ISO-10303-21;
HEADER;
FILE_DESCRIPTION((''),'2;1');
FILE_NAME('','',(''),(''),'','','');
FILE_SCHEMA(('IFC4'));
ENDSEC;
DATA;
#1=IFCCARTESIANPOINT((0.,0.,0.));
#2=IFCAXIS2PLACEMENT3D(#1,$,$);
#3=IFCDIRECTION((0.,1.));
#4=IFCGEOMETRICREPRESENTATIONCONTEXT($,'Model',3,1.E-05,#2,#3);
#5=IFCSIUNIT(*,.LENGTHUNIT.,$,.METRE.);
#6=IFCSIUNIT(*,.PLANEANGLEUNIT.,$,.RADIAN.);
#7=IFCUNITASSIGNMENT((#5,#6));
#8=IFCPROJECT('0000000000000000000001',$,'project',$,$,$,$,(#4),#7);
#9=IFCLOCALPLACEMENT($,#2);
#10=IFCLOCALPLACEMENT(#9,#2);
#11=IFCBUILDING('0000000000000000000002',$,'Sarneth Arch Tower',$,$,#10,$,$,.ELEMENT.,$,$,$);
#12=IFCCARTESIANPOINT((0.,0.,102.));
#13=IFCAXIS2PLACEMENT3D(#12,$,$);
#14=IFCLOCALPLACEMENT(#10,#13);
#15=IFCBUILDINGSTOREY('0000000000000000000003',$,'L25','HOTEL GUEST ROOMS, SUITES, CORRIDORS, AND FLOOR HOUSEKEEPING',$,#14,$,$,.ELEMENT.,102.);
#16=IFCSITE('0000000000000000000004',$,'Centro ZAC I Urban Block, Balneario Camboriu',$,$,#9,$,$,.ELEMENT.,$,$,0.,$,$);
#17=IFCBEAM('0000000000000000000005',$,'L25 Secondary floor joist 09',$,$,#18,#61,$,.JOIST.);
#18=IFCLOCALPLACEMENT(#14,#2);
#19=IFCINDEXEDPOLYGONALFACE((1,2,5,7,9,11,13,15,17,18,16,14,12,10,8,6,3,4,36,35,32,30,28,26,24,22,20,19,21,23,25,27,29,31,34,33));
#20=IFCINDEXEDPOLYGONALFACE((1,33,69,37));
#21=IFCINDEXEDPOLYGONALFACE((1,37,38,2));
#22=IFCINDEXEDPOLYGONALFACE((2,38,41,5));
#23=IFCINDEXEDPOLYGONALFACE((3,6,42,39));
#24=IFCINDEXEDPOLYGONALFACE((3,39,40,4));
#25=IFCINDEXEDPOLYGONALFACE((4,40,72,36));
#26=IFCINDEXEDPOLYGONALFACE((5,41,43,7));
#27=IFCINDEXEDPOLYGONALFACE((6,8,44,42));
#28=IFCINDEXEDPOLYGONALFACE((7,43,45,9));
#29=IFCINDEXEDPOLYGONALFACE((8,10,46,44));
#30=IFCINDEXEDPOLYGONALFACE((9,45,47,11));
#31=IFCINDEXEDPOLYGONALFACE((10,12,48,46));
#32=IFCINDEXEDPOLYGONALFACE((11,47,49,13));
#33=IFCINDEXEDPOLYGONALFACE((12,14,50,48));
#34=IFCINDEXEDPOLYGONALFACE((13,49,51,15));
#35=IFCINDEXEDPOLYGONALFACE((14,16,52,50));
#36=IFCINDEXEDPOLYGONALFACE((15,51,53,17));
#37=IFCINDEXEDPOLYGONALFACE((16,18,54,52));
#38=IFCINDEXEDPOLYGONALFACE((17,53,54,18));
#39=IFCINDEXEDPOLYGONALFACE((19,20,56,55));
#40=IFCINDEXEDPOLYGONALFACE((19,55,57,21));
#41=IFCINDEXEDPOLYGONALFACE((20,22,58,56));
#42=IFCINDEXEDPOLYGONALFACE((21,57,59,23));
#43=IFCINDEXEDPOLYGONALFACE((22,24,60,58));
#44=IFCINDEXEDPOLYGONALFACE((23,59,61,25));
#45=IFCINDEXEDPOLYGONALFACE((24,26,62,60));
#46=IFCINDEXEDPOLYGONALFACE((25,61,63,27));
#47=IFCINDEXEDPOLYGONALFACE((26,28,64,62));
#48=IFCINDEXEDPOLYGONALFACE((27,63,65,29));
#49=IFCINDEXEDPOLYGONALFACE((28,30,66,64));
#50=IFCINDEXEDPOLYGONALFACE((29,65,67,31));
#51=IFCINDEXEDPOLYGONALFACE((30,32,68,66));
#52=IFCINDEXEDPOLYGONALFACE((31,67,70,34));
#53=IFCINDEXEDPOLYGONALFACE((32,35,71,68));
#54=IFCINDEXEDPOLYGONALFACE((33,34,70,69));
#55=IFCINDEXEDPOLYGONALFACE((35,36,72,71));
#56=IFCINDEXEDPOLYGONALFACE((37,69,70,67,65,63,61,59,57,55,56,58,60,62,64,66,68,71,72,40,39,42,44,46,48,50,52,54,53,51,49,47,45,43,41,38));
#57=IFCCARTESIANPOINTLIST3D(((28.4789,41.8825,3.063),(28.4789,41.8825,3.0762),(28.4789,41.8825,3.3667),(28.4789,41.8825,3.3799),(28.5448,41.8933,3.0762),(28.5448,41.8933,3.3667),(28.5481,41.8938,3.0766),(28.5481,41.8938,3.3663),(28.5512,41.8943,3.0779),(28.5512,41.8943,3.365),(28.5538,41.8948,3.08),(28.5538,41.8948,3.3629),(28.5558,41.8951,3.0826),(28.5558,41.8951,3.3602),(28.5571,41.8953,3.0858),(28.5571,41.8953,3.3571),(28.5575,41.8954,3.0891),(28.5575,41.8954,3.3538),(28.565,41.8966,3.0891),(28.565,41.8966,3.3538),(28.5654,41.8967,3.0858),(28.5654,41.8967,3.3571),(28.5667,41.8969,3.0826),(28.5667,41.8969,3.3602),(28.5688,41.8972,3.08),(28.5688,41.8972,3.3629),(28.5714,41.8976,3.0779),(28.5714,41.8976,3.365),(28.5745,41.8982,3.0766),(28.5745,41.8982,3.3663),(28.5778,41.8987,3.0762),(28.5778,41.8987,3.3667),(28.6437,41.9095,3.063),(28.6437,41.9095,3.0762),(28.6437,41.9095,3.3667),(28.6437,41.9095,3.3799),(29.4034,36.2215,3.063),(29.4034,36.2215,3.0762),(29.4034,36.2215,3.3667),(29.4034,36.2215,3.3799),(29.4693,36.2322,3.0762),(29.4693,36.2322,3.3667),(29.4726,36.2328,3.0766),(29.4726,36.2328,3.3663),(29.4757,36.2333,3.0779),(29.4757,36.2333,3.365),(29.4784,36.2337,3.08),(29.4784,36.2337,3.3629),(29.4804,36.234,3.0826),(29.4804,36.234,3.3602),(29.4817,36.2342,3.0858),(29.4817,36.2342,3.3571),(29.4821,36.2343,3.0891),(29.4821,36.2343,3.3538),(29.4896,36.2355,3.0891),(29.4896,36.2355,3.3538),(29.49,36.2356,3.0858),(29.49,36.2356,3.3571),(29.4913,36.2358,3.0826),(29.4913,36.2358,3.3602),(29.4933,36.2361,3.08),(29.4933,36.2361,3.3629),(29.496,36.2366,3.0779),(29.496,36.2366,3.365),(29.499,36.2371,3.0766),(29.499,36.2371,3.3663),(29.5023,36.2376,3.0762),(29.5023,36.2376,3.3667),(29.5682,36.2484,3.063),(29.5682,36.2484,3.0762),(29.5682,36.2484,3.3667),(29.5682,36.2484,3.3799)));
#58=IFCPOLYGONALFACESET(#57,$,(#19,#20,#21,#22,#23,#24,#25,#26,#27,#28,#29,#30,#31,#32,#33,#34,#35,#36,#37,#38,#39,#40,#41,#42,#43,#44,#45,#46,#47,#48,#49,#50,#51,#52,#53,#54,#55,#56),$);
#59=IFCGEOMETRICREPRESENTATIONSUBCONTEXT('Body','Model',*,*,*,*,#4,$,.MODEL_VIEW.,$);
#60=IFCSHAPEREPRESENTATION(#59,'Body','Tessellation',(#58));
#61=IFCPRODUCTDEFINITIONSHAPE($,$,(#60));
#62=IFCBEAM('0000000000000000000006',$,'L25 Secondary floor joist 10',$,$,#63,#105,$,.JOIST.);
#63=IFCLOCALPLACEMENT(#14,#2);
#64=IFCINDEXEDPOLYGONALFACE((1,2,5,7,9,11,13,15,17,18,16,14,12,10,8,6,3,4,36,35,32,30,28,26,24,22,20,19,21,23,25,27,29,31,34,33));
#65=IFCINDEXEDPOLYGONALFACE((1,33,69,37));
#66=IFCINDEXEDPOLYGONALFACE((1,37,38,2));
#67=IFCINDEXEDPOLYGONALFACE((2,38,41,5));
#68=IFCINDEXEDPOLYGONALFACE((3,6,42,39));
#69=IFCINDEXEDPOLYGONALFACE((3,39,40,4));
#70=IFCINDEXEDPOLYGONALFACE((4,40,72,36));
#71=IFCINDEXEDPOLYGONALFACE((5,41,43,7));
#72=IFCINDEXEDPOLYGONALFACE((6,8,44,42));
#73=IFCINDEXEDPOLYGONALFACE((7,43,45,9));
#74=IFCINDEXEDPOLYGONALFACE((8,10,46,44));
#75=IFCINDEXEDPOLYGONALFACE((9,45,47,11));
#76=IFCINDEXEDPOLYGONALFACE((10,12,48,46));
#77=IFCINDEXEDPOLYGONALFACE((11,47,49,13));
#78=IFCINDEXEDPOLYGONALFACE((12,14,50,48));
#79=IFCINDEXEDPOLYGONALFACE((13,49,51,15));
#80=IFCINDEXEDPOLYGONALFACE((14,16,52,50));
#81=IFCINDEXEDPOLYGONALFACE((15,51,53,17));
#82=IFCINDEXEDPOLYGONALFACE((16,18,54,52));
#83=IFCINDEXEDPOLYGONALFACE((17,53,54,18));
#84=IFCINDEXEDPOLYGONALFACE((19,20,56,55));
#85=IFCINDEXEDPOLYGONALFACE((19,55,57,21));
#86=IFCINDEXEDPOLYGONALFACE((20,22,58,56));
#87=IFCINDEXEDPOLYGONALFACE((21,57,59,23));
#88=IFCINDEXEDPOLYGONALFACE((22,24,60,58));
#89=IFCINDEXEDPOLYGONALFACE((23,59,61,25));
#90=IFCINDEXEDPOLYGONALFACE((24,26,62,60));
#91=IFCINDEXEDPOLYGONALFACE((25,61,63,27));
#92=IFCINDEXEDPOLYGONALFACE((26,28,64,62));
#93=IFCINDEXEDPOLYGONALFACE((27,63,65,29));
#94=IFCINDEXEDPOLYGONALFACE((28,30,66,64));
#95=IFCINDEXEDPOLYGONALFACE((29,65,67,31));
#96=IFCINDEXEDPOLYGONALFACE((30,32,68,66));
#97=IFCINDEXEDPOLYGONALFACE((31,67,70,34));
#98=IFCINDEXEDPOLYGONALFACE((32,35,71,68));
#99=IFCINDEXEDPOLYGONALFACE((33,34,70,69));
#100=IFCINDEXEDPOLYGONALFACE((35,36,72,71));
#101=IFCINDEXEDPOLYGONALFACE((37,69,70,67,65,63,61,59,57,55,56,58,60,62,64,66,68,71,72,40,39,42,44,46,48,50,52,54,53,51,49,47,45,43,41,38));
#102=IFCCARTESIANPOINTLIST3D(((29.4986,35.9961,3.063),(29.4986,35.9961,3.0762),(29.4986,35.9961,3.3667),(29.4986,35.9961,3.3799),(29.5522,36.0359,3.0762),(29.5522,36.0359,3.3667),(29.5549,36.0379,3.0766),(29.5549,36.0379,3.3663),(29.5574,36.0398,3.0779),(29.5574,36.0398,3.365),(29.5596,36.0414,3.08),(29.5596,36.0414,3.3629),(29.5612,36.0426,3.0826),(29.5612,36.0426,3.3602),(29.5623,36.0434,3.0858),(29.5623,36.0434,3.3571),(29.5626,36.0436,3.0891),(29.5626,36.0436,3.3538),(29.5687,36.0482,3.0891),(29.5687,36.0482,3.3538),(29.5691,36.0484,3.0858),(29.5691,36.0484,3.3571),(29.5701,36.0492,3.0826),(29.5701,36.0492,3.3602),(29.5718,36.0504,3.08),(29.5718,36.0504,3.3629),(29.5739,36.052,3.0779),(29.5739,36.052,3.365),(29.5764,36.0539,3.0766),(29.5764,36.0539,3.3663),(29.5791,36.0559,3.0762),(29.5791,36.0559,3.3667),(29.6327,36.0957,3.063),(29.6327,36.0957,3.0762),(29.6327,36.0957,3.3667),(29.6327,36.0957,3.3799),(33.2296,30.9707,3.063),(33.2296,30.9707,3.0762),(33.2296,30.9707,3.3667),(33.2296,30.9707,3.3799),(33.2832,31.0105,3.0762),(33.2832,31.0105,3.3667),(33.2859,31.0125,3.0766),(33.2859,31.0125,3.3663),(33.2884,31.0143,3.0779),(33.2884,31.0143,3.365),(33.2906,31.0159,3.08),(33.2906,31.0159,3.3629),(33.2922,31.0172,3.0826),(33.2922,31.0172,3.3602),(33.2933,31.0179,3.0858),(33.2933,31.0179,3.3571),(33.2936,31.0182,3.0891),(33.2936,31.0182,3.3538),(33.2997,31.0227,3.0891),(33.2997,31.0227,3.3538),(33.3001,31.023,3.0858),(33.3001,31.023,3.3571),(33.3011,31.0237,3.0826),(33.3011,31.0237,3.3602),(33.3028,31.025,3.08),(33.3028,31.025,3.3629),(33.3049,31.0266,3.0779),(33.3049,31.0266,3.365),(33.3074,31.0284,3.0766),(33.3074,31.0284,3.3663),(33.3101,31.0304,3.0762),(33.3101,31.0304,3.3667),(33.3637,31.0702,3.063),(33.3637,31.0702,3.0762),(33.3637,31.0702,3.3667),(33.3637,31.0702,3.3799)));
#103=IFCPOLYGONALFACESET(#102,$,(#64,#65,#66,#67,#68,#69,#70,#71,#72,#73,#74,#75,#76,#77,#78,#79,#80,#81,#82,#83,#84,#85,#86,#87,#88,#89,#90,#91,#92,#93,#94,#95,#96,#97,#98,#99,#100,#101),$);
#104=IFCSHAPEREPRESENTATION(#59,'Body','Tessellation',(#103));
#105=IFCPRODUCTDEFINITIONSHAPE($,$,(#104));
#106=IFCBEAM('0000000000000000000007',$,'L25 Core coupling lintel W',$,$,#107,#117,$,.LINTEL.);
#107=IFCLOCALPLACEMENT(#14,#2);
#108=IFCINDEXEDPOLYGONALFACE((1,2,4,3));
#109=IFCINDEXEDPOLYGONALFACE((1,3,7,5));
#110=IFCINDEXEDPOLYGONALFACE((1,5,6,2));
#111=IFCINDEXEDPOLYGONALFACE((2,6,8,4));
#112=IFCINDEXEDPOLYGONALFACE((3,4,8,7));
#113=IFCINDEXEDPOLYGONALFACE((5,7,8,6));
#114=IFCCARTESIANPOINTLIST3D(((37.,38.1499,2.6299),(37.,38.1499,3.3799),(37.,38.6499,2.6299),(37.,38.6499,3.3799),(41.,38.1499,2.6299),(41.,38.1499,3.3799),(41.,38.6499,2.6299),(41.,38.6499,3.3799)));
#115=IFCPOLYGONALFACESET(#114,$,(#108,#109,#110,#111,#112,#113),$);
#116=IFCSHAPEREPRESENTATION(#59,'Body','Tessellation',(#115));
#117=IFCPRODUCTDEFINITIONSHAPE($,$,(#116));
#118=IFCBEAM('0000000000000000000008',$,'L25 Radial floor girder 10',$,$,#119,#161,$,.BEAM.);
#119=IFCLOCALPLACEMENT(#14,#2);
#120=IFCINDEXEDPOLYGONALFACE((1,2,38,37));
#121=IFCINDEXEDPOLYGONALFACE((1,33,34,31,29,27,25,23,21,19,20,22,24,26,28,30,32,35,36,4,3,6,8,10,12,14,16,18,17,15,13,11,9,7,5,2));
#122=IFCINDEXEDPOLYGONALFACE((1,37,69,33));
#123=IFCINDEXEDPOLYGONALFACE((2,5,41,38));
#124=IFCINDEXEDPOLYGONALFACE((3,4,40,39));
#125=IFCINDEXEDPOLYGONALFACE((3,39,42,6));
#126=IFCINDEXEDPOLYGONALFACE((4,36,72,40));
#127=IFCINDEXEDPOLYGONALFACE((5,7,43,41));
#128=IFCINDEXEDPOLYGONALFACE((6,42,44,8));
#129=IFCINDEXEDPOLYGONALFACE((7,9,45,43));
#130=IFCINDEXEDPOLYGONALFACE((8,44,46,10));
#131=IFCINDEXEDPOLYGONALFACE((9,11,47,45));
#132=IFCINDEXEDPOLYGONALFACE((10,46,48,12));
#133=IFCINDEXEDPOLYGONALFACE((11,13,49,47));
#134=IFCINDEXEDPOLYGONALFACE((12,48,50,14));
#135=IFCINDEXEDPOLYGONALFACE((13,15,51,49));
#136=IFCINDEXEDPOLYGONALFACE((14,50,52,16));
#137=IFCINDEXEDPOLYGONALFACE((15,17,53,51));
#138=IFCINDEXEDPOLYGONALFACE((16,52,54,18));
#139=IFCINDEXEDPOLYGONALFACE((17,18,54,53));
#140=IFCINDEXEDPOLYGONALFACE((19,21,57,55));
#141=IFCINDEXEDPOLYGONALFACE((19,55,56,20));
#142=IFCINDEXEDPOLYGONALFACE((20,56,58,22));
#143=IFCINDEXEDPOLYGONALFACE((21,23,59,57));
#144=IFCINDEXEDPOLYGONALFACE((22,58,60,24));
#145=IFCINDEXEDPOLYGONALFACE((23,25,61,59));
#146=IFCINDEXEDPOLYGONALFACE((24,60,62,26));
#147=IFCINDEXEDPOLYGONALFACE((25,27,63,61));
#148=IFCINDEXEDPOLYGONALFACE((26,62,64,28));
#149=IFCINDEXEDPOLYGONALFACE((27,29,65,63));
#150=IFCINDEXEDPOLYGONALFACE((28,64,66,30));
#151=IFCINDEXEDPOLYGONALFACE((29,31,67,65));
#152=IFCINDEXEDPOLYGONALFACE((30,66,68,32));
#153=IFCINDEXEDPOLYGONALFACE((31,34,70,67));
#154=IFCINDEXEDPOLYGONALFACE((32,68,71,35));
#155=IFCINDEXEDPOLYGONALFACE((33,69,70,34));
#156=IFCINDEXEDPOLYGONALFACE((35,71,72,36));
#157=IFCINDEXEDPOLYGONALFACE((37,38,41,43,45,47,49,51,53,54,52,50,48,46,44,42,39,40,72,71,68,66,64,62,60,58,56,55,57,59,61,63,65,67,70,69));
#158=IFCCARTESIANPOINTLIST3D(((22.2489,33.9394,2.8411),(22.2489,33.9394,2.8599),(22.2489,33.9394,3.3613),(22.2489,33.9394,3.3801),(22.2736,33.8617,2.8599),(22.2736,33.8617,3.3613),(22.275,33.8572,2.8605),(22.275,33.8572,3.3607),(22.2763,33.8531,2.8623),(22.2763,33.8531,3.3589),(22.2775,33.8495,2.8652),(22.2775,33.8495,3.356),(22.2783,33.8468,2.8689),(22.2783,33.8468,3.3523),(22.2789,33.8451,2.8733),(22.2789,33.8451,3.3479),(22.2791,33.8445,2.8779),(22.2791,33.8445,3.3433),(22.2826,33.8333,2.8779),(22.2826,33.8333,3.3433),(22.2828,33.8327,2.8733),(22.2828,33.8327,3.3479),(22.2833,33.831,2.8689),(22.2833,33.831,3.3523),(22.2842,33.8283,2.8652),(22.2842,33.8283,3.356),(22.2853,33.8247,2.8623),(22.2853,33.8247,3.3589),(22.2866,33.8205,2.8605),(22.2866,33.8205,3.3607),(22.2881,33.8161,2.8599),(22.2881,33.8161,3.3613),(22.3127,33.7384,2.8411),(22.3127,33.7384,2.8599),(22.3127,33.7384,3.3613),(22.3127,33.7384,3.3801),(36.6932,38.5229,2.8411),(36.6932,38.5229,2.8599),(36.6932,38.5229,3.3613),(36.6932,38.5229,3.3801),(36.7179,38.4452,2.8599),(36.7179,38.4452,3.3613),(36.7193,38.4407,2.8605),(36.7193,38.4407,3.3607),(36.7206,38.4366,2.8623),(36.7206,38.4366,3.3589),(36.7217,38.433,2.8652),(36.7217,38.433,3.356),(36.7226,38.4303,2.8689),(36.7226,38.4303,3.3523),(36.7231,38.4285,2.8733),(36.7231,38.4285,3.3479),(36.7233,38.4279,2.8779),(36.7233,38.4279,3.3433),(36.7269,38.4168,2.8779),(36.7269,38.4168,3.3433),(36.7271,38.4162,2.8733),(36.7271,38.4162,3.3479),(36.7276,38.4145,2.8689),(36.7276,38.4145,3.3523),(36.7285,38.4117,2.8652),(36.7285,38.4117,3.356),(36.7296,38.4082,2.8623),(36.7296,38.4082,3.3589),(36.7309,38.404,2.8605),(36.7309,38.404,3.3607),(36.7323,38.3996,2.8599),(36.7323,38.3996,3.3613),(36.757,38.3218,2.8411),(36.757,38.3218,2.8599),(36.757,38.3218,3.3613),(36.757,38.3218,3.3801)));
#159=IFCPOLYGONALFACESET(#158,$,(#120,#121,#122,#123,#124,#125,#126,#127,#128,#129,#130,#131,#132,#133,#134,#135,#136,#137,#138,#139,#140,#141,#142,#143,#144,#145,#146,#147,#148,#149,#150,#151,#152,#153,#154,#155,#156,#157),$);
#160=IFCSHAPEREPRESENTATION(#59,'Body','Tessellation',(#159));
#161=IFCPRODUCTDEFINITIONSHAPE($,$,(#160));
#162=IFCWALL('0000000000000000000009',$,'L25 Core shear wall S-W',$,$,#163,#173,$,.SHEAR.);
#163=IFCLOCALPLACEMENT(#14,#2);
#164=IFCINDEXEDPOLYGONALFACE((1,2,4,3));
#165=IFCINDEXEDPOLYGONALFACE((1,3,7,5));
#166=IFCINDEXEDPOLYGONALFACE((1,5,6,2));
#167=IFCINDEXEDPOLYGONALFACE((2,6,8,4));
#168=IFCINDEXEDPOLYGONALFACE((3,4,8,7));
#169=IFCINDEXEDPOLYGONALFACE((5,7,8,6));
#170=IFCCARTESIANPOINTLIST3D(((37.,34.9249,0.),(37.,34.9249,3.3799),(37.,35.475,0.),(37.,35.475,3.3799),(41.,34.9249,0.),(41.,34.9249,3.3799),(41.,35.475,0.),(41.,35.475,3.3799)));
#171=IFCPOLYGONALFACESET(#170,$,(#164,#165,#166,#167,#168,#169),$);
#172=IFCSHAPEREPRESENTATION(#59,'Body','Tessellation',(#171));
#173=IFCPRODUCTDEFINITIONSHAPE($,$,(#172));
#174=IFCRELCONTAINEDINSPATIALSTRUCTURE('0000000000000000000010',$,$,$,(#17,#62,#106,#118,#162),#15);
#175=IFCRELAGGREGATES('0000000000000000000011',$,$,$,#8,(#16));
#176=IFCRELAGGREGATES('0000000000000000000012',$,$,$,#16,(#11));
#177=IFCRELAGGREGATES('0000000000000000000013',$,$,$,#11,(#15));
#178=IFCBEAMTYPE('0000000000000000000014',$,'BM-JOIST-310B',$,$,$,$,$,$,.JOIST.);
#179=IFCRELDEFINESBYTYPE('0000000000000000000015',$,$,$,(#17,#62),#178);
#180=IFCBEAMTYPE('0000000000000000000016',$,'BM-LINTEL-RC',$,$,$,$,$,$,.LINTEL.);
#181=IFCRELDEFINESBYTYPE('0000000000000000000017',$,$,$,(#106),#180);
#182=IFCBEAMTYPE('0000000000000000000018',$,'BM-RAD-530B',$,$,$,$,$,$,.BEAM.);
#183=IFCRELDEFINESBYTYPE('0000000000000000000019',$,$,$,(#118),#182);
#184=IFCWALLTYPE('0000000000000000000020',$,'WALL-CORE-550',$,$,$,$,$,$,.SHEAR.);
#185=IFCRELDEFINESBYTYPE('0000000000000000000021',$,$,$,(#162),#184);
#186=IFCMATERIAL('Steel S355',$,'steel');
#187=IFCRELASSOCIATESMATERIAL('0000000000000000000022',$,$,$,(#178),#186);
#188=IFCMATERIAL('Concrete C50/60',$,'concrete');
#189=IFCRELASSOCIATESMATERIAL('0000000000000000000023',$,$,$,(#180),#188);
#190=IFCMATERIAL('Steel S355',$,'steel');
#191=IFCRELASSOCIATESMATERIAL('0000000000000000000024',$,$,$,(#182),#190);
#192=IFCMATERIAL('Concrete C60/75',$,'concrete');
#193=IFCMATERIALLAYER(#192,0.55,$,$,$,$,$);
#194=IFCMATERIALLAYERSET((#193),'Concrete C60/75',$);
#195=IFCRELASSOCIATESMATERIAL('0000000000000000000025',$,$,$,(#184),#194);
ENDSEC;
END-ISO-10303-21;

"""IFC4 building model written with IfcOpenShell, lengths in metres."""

from ifc_helpers import new_model, si_unit, direction, frame, frame_2d, origin, origin_2d, place, context, subcontext, project, spatial, rectangle, i_section, extrude, material, layer, layer_set, material_profile, profile_set, type_object, element, save


model = new_model("IFC4")

# Units and contexts
model_context = context("Model", 3, precision=1e-05, world=origin(), true_north=direction((0.0, 1.0)))
body_context = subcontext(model_context, "Body", "Model", "MODEL_VIEW")
ifc_project = project(units=[si_unit("LENGTHUNIT", "METRE"), si_unit("PLANEANGLEUNIT", "RADIAN")], contexts=[model_context])

# Site, building, storey
site_placement = place(None, origin())
site = spatial("IfcSite", under=ifc_project, at=site_placement, Name="Centro ZAC I Urban Block, Balneario Camboriu", CompositionType="ELEMENT", RefElevation=0.0)
building_placement = place(site_placement, origin())
building = spatial("IfcBuilding", under=site, at=building_placement, Name="Sarneth Arch Tower", CompositionType="ELEMENT")
storey_placement = place(building_placement, frame((0.0, 0.0, 102.0)))
storey = spatial("IfcBuildingStorey", under=building, at=storey_placement, Name="L25", Description="HOTEL GUEST ROOMS, SUITES, CORRIDORS, AND FLOOR HOUSEKEEPING", CompositionType="ELEMENT", Elevation=102.0)

# Beams
ifc_material_1 = material(Name="Steel S355", Category="steel")
ifc_material_profile_1 = material_profile(ifc_material_1, i_section(OverallWidth=0.167, OverallDepth=0.3169, WebThickness=0.0076, FlangeThickness=0.0132, FilletRadius=0.0129, at=origin_2d()), Name="W310x52")
ifc_profile_set_1 = profile_set([ifc_material_profile_1], Name="Steel S355")
beam_type_1 = type_object("IfcBeamType", Name="BM-JOIST-310B", PredefinedType="JOIST", material=ifc_profile_set_1)
beam_1_placement = place(storey_placement, frame((28.5613, 41.896, 3.2214), z_axis=(0.161182, -0.986925, 0.0), x_axis=(0.986925, 0.161182, 0.0)))
element("IfcBeam", 1, at=beam_1_placement, inside=storey, type_object=beam_type_1, Name="L25 Secondary floor joist 09", PredefinedType="JOIST", context=body_context, shape_type="SweptSolid", body=[
    extrude(i_section(OverallWidth=0.167, OverallDepth=0.3169, WebThickness=0.0076, FlangeThickness=0.0132, FilletRadius=0.0129, at=origin_2d()), origin(), (0.0, 0.0, 1.0), 5.7361),
])
beam_2_placement = place(storey_placement, frame((29.5657, 36.0459, 3.2214), z_axis=(0.596098, -0.802911, 0.0), x_axis=(0.802911, 0.596098, 0.0)))
element("IfcBeam", 2, at=beam_2_placement, inside=storey, type_object=beam_type_1, Name="L25 Secondary floor joist 10", PredefinedType="JOIST", context=body_context, shape_type="SweptSolid", body=[
    extrude(i_section(OverallWidth=0.167, OverallDepth=0.3169, WebThickness=0.0076, FlangeThickness=0.0132, FilletRadius=0.0129, at=origin_2d()), origin(), (0.0, 0.0, 1.0), 6.259),
])
ifc_material_2 = material(Name="Concrete C50/60", Category="concrete")
ifc_material_profile_2 = material_profile(ifc_material_2, rectangle(XDim=0.5, YDim=0.75, at=origin_2d()), Name="RC-500x750")
ifc_profile_set_2 = profile_set([ifc_material_profile_2], Name="Concrete C50/60")
beam_type_2 = type_object("IfcBeamType", Name="BM-LINTEL-RC", PredefinedType="LINTEL", material=ifc_profile_set_2)
beam_3_placement = place(storey_placement, frame((37.0, 38.3999, 3.0049), z_axis=(1.0, 0.0, 0.0), x_axis=(0.0, 1.0, 0.0)))
element("IfcBeam", 3, at=beam_3_placement, inside=storey, type_object=beam_type_2, Name="L25 Core coupling lintel W", PredefinedType="LINTEL", context=body_context, shape_type="SweptSolid", body=[
    extrude(rectangle(XDim=0.5, YDim=0.75, at=origin_2d()), origin(), (0.0, 0.0, 1.0), 4.0),
])
ifc_material_3 = material(Name="Steel S355", Category="steel")
ifc_material_profile_3 = material_profile(ifc_material_3, i_section(OverallWidth=0.2109, OverallDepth=0.5391, WebThickness=0.0117, FlangeThickness=0.0188, FilletRadius=0.0181, at=origin_2d()), Name="W530x109")
ifc_profile_set_3 = profile_set([ifc_material_profile_3], Name="Steel S355")
beam_type_3 = type_object("IfcBeamType", Name="BM-RAD-530B", PredefinedType="BEAM", material=ifc_profile_set_3)
beam_4_placement = place(storey_placement, frame((36.7251, 38.4224, 3.1106), z_axis=(-0.953162, -0.302459, 0.0), x_axis=(0.302459, -0.953162, 0.0)))
element("IfcBeam", 4, at=beam_4_placement, inside=storey, type_object=beam_type_3, Name="L25 Radial floor girder 10", PredefinedType="BEAM", context=body_context, shape_type="SweptSolid", body=[
    extrude(i_section(OverallWidth=0.2109, OverallDepth=0.5391, WebThickness=0.0117, FlangeThickness=0.0188, FilletRadius=0.0181, at=origin_2d()), origin(), (0.0, 0.0, 1.0), 15.1541),
])

# Wall
ifc_material_4 = material(Name="Concrete C60/75", Category="concrete")
ifc_layer_1 = layer(ifc_material_4, 0.55)
ifc_layer_set_1 = layer_set([ifc_layer_1], Name="Concrete C60/75")
wall_type_1 = type_object("IfcWallType", Name="WALL-CORE-550", PredefinedType="SHEAR", material=ifc_layer_set_1)
wall_1_placement = place(storey_placement, frame((37.0, 35.2, 0.0), z_axis=(0.0, 0.0, 1.0), x_axis=(1.0, 0.0, 0.0)))
element("IfcWall", 5, at=wall_1_placement, inside=storey, type_object=wall_type_1, Name="L25 Core shear wall S-W", PredefinedType="SHEAR", context=body_context, shape_type="SweptSolid", body=[
    extrude(rectangle(XDim=4.0, YDim=0.55, at=frame_2d((2.0, 0.0))), origin(), (0.0, 0.0, 1.0), 3.3799),
])

save(model, "model.ifc")
